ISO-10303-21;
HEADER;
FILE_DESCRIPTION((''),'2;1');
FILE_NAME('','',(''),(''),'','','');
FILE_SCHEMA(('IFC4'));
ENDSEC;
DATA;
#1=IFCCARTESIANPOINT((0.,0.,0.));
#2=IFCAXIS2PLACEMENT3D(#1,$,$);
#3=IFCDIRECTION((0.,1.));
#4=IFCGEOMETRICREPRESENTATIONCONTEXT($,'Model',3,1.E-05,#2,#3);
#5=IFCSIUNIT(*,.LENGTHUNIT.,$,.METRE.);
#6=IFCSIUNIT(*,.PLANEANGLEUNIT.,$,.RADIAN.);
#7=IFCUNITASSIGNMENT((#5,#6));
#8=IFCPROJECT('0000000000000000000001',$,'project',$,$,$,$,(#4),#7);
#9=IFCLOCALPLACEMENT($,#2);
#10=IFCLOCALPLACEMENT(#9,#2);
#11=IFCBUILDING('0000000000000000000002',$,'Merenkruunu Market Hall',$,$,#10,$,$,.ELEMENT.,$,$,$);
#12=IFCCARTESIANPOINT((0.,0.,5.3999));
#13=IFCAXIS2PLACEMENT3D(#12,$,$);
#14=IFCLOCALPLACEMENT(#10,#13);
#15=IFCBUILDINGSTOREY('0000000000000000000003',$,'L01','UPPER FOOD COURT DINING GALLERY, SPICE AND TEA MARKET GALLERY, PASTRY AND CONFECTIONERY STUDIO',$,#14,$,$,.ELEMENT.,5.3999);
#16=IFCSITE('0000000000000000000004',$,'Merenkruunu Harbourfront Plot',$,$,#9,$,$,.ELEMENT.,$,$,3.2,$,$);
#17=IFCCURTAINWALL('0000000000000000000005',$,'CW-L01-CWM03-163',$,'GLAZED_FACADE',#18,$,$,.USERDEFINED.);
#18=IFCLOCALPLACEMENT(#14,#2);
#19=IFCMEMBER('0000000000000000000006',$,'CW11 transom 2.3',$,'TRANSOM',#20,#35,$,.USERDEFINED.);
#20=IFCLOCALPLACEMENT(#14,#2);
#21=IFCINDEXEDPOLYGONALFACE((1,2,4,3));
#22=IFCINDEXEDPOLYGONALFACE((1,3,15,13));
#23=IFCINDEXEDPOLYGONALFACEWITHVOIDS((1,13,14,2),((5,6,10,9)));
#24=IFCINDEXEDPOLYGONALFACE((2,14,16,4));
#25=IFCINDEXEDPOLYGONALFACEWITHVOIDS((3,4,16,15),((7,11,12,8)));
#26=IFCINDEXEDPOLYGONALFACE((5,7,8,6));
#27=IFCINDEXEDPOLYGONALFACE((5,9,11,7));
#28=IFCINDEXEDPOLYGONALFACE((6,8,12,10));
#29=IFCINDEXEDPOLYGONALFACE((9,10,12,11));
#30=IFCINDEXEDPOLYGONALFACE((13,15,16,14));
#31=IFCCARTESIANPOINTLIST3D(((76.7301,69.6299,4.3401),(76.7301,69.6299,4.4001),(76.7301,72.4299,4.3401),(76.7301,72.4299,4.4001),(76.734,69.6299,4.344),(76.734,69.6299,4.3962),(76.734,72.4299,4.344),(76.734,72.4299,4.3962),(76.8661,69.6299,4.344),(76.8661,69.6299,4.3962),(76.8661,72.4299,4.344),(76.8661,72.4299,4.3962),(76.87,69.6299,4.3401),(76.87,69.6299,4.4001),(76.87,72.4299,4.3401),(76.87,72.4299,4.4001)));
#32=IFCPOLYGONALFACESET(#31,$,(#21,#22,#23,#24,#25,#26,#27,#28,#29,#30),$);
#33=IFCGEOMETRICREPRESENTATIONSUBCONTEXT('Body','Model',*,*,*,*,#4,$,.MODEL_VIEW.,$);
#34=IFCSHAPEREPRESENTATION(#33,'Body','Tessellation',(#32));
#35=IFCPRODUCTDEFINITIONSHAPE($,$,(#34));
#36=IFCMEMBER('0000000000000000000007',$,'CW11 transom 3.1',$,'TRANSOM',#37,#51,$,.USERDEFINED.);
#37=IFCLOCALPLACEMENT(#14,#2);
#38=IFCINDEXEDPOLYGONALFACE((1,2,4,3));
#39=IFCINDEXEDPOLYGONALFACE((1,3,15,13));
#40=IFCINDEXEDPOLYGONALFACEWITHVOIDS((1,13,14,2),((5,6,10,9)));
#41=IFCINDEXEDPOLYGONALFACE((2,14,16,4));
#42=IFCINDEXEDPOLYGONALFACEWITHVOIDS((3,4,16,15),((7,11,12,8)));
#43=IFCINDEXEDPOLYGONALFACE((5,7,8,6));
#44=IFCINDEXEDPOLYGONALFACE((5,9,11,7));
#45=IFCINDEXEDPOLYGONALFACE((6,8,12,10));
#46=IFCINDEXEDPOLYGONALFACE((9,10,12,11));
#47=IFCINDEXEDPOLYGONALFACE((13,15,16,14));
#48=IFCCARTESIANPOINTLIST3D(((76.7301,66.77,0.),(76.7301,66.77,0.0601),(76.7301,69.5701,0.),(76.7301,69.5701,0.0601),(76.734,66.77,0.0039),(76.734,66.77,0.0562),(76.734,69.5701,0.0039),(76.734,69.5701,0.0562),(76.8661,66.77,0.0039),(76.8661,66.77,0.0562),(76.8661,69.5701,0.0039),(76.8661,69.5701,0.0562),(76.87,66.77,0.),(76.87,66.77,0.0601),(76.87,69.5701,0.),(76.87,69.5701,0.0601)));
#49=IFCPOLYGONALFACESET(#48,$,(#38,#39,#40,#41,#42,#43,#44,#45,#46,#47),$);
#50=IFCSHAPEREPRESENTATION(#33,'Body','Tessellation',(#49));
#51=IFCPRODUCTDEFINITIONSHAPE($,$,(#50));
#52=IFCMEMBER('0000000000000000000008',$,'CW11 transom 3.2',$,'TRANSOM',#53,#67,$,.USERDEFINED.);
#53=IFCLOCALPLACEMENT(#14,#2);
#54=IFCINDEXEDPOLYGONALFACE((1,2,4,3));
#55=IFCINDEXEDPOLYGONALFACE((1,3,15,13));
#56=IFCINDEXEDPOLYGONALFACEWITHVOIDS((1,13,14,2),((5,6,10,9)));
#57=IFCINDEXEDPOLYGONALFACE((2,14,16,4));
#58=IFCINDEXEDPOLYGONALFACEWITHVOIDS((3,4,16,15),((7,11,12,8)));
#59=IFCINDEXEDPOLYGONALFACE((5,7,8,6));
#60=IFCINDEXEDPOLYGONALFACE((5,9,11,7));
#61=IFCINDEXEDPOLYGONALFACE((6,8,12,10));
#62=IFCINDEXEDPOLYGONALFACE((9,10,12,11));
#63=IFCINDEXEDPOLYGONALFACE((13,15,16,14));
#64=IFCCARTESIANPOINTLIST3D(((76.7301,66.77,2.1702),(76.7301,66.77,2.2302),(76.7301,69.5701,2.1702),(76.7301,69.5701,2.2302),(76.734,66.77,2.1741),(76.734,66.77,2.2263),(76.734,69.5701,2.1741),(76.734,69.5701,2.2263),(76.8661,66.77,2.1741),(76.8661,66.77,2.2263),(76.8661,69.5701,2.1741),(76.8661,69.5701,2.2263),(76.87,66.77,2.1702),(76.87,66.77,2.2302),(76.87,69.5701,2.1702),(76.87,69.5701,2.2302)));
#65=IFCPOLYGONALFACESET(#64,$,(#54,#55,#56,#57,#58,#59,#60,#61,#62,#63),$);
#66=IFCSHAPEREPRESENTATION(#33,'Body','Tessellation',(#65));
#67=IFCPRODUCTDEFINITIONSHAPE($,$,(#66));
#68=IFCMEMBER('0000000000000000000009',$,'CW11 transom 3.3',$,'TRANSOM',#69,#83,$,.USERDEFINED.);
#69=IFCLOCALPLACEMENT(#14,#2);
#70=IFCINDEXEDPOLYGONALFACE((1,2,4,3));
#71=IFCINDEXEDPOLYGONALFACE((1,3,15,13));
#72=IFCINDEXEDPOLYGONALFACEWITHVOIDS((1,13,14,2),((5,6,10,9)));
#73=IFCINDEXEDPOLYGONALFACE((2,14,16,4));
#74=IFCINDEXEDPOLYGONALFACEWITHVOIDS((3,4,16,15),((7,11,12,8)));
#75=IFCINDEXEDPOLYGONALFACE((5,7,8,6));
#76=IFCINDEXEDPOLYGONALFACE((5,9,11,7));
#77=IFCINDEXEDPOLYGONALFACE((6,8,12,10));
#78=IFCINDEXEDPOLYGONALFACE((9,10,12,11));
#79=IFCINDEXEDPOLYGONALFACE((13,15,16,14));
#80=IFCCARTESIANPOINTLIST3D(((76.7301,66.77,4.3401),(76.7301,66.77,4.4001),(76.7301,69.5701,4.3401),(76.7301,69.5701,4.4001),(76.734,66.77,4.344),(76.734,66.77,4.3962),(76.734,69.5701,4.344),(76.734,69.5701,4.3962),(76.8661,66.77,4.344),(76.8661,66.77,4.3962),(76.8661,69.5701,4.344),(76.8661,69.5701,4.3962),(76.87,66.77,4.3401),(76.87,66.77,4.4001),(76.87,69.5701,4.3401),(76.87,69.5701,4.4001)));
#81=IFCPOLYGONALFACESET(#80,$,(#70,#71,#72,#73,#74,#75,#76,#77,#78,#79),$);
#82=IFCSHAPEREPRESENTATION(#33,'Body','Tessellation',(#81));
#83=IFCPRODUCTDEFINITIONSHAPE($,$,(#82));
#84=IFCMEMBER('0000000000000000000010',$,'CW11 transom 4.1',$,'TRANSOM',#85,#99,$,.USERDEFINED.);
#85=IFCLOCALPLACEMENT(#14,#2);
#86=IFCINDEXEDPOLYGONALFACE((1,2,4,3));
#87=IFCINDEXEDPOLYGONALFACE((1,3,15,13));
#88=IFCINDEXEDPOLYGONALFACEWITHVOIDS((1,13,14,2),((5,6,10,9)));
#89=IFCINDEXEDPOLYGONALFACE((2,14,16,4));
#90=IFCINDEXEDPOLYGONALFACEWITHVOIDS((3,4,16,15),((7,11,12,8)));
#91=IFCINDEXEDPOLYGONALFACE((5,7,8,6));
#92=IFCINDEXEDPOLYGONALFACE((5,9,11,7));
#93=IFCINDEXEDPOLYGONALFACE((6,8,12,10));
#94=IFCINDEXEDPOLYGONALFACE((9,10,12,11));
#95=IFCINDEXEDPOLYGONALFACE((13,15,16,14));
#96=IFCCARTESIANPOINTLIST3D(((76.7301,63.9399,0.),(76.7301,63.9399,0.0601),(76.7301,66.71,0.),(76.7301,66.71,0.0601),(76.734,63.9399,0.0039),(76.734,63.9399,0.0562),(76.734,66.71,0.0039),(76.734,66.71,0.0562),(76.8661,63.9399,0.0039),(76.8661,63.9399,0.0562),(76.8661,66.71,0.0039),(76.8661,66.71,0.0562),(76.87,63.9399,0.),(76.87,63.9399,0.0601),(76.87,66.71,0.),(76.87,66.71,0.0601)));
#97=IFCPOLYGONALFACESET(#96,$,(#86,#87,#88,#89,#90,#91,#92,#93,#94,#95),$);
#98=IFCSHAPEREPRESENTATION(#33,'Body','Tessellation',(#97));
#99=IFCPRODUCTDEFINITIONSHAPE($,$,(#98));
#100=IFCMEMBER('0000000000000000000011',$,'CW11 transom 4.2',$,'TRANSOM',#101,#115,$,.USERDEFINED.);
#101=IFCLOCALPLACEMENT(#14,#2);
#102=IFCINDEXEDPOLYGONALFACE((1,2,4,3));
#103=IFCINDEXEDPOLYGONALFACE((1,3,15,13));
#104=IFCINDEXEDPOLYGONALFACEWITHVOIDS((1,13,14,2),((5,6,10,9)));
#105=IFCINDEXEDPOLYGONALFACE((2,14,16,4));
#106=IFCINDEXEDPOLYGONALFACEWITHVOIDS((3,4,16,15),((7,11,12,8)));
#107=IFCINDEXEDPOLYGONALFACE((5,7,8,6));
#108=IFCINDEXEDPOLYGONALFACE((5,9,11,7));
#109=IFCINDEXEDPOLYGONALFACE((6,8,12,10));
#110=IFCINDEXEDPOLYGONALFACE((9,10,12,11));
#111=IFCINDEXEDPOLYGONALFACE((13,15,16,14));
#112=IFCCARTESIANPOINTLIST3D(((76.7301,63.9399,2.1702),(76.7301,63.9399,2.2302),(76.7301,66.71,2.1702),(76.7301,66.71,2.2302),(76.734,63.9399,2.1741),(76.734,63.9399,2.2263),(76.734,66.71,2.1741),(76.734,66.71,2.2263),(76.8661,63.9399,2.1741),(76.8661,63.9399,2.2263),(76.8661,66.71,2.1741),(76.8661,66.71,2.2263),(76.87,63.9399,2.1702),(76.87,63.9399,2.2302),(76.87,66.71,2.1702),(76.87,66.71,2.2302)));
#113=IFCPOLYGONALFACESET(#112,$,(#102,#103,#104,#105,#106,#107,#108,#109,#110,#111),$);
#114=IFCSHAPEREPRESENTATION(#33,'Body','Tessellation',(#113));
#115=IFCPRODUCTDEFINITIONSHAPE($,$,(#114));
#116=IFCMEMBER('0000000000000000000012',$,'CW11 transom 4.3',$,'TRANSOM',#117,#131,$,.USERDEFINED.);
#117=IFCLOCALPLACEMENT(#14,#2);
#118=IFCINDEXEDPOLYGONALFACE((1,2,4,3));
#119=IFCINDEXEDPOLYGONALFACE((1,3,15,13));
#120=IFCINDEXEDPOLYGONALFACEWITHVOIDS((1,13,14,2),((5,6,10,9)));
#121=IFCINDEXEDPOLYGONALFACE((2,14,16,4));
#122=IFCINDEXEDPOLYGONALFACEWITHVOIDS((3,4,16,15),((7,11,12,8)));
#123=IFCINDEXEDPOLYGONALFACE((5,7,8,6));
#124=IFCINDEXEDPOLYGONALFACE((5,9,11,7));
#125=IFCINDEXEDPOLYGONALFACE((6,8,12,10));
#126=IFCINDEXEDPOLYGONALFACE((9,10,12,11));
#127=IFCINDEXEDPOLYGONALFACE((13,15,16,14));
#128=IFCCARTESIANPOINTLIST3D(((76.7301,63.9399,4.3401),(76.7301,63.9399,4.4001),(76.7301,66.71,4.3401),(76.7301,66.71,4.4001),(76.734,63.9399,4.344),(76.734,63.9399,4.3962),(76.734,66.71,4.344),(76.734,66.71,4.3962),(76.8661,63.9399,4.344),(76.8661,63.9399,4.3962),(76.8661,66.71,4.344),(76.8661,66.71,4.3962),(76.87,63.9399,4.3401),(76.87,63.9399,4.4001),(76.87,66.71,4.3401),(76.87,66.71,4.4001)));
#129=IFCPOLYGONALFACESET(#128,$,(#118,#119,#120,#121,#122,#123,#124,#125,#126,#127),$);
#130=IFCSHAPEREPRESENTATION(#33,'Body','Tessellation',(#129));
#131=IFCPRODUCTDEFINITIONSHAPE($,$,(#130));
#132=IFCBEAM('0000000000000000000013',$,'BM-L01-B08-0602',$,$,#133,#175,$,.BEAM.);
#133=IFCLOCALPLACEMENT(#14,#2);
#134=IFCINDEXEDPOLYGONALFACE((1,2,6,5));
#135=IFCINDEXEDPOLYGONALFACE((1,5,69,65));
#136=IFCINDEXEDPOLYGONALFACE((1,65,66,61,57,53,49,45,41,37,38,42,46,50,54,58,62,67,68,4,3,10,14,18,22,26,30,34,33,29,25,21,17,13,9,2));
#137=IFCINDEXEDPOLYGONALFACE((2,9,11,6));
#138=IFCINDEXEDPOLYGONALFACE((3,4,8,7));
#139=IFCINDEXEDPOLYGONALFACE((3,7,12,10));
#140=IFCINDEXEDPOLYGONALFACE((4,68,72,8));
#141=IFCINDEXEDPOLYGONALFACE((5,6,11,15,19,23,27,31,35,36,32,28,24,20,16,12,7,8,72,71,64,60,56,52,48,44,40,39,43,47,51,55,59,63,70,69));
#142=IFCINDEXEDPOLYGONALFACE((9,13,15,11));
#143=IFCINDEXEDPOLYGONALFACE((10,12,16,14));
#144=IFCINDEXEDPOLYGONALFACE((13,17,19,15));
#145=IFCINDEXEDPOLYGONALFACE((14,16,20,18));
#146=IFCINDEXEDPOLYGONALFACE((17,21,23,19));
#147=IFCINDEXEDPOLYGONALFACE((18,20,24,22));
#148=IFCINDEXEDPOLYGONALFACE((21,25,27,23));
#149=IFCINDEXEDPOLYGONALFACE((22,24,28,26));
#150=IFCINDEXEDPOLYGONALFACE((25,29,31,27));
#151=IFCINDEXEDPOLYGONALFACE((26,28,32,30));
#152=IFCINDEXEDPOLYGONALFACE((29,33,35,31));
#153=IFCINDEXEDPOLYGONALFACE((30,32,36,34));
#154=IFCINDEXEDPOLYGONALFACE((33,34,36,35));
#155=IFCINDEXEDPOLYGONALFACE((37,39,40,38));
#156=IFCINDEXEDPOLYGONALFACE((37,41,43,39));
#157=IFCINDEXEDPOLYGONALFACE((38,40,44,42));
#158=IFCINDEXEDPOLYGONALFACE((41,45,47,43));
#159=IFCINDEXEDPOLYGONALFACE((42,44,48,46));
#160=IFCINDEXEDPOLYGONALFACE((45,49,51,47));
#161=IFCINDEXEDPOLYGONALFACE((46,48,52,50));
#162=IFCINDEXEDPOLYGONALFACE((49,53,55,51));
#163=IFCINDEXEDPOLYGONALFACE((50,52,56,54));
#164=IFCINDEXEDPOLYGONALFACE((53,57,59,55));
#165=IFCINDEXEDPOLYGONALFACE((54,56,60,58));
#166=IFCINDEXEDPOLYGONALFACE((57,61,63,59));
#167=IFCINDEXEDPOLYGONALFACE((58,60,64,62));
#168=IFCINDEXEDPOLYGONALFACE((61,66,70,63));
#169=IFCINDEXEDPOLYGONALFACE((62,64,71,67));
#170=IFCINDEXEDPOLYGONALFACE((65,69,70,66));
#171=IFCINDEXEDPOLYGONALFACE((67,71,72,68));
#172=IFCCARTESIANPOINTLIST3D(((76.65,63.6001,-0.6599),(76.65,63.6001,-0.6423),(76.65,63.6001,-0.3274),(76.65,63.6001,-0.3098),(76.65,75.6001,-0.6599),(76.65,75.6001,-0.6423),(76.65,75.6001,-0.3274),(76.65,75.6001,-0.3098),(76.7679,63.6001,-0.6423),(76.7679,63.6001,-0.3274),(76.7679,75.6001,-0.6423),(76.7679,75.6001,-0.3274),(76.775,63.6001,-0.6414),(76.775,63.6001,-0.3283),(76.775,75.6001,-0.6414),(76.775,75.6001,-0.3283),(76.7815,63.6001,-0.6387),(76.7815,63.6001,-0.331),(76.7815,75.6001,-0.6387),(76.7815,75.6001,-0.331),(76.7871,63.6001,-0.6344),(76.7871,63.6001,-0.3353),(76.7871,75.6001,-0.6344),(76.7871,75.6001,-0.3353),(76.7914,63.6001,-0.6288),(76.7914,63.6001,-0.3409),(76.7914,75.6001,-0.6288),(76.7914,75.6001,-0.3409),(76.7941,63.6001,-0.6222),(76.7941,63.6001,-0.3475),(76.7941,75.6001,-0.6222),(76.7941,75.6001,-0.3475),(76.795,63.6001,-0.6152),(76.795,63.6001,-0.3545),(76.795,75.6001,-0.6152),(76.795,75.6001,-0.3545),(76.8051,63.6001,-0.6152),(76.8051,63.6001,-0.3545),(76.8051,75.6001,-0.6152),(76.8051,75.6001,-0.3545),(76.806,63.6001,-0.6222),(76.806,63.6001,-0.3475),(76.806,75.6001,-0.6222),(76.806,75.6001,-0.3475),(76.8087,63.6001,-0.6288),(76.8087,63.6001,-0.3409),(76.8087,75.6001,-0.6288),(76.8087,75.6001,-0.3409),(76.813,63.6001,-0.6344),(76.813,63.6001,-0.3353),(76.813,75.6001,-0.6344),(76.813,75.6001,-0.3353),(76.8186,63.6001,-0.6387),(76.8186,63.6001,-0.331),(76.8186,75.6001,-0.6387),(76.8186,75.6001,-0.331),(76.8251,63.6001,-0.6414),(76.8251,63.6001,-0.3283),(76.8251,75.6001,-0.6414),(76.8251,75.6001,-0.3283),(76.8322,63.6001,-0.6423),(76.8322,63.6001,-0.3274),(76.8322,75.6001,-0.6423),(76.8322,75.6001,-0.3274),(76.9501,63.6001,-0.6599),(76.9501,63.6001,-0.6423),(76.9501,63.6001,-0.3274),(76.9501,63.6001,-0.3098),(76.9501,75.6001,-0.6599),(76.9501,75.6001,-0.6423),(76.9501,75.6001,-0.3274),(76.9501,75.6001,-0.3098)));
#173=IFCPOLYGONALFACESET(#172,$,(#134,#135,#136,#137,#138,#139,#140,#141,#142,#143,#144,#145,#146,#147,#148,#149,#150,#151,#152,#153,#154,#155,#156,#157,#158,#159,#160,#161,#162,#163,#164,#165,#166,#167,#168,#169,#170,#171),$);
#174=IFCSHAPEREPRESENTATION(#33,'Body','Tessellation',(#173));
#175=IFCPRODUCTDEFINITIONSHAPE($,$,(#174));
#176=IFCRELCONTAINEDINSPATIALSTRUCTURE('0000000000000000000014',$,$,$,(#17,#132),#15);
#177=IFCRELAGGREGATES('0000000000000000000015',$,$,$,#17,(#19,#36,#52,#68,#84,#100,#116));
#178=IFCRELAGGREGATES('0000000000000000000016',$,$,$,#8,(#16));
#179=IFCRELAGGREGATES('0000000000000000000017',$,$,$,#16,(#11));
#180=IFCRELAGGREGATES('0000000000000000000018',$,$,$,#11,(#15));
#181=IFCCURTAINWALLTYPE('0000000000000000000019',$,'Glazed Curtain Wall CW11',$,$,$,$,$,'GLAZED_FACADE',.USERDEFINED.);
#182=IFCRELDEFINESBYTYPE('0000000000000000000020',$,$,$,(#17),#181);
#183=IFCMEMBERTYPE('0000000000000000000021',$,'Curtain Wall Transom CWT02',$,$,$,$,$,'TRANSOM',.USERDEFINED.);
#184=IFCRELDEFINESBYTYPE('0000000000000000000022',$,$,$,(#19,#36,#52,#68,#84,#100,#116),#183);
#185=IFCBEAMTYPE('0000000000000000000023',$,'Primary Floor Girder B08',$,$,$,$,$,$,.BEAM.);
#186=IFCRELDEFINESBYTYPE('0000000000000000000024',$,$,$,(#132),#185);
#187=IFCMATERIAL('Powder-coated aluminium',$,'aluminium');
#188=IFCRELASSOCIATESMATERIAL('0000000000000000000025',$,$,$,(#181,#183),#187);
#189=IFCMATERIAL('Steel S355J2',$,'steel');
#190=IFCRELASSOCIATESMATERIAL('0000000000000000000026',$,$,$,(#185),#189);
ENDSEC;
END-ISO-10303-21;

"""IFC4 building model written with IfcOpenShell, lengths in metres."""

from ifc_helpers import new_model, si_unit, direction, frame, origin, origin_2d, place, context, subcontext, project, spatial, hollow_rectangle, i_section, extrude, material, material_profile, profile_set, type_object, element, aggregate, save


model = new_model("IFC4")

# Units and contexts
model_context = context("Model", 3, precision=1e-05, world=origin(), true_north=direction((0.0, 1.0)))
body_context = subcontext(model_context, "Body", "Model", "MODEL_VIEW")
ifc_project = project(units=[si_unit("LENGTHUNIT", "METRE"), si_unit("PLANEANGLEUNIT", "RADIAN")], contexts=[model_context])

# Site, building, storey
site_placement = place(None, origin())
site = spatial("IfcSite", under=ifc_project, at=site_placement, Name="Merenkruunu Harbourfront Plot", CompositionType="ELEMENT", RefElevation=3.2)
building_placement = place(site_placement, origin())
building = spatial("IfcBuilding", under=site, at=building_placement, Name="Merenkruunu Market Hall", CompositionType="ELEMENT")
storey_placement = place(building_placement, frame((0.0, 0.0, 5.3999)))
storey = spatial("IfcBuildingStorey", under=building, at=storey_placement, Name="L01", Description="UPPER FOOD COURT DINING GALLERY, SPICE AND TEA MARKET GALLERY, PASTRY AND CONFECTIONERY STUDIO", CompositionType="ELEMENT", Elevation=5.3999)

# Curtain wall, members
ifc_material_1 = material(Name="Powder-coated aluminium", Category="aluminium")
curtain_wall_type = type_object("IfcCurtainWallType", Name="Glazed Curtain Wall CW11", ElementType="GLAZED_FACADE", PredefinedType="USERDEFINED", material=ifc_material_1)
curtain_wall_placement = place(storey_placement, origin())
curtain_wall = element("IfcCurtainWall", 1, at=curtain_wall_placement, inside=storey, type_object=curtain_wall_type, Name="CW-L01-CWM03-163", ObjectType="GLAZED_FACADE", PredefinedType="USERDEFINED")
ifc_material_profile_1 = material_profile(ifc_material_1, hollow_rectangle(XDim=0.0601, YDim=0.1399, WallThickness=0.0039, at=origin_2d()), Name="ALU 60x140x4")
ifc_profile_set_1 = profile_set([ifc_material_profile_1], Name="Powder-coated aluminium")
member_type_1 = type_object("IfcMemberType", Name="Curtain Wall Transom CWT02", ElementType="TRANSOM", PredefinedType="USERDEFINED", material=ifc_profile_set_1)
member_1_placement = place(storey_placement, frame((76.8, 72.4299, 4.3701), z_axis=(0.0, -1.0, 0.0), x_axis=(0.0, 0.0, 1.0)))
member_1 = element("IfcMember", 2, at=member_1_placement, type_object=member_type_1, Name="CW11 transom 2.3", ObjectType="TRANSOM", PredefinedType="USERDEFINED", context=body_context, shape_type="SweptSolid", body=[
    extrude(hollow_rectangle(XDim=0.0601, YDim=0.1399, WallThickness=0.0039, at=origin_2d()), origin(), (0.0, 0.0, 1.0), 2.8),
])
member_2_placement = place(storey_placement, frame((76.8, 69.5701, 0.03), z_axis=(0.0, -1.0, 0.0), x_axis=(0.0, 0.0, 1.0)))
member_2 = element("IfcMember", 3, at=member_2_placement, type_object=member_type_1, Name="CW11 transom 3.1", ObjectType="TRANSOM", PredefinedType="USERDEFINED", context=body_context, shape_type="SweptSolid", body=[
    extrude(hollow_rectangle(XDim=0.0601, YDim=0.1399, WallThickness=0.0039, at=origin_2d()), origin(), (0.0, 0.0, 1.0), 2.8),
])
member_3_placement = place(storey_placement, frame((76.8, 69.5701, 2.2002), z_axis=(0.0, -1.0, 0.0), x_axis=(0.0, 0.0, 1.0)))
member_3 = element("IfcMember", 4, at=member_3_placement, type_object=member_type_1, Name="CW11 transom 3.2", ObjectType="TRANSOM", PredefinedType="USERDEFINED", context=body_context, shape_type="SweptSolid", body=[
    extrude(hollow_rectangle(XDim=0.0601, YDim=0.1399, WallThickness=0.0039, at=origin_2d()), origin(), (0.0, 0.0, 1.0), 2.8),
])
member_4_placement = place(storey_placement, frame((76.8, 69.5701, 4.3701), z_axis=(0.0, -1.0, 0.0), x_axis=(0.0, 0.0, 1.0)))
member_4 = element("IfcMember", 5, at=member_4_placement, type_object=member_type_1, Name="CW11 transom 3.3", ObjectType="TRANSOM", PredefinedType="USERDEFINED", context=body_context, shape_type="SweptSolid", body=[
    extrude(hollow_rectangle(XDim=0.0601, YDim=0.1399, WallThickness=0.0039, at=origin_2d()), origin(), (0.0, 0.0, 1.0), 2.8),
])
member_5_placement = place(storey_placement, frame((76.8, 66.71, 0.03), z_axis=(0.0, -1.0, 0.0), x_axis=(0.0, 0.0, 1.0)))
member_5 = element("IfcMember", 6, at=member_5_placement, type_object=member_type_1, Name="CW11 transom 4.1", ObjectType="TRANSOM", PredefinedType="USERDEFINED", context=body_context, shape_type="SweptSolid", body=[
    extrude(hollow_rectangle(XDim=0.0601, YDim=0.1399, WallThickness=0.0039, at=origin_2d()), origin(), (0.0, 0.0, 1.0), 2.77),
])
member_6_placement = place(storey_placement, frame((76.8, 66.71, 2.2002), z_axis=(0.0, -1.0, 0.0), x_axis=(0.0, 0.0, 1.0)))
member_6 = element("IfcMember", 7, at=member_6_placement, type_object=member_type_1, Name="CW11 transom 4.2", ObjectType="TRANSOM", PredefinedType="USERDEFINED", context=body_context, shape_type="SweptSolid", body=[
    extrude(hollow_rectangle(XDim=0.0601, YDim=0.1399, WallThickness=0.0039, at=origin_2d()), origin(), (0.0, 0.0, 1.0), 2.77),
])
member_7_placement = place(storey_placement, frame((76.8, 66.71, 4.3701), z_axis=(0.0, -1.0, 0.0), x_axis=(0.0, 0.0, 1.0)))
member_7 = element("IfcMember", 8, at=member_7_placement, type_object=member_type_1, Name="CW11 transom 4.3", ObjectType="TRANSOM", PredefinedType="USERDEFINED", context=body_context, shape_type="SweptSolid", body=[
    extrude(hollow_rectangle(XDim=0.0601, YDim=0.1399, WallThickness=0.0039, at=origin_2d()), origin(), (0.0, 0.0, 1.0), 2.77),
])

# Beam
ifc_material_2 = material(Name="Steel S355J2", Category="steel")
ifc_material_profile_2 = material_profile(ifc_material_2, i_section(OverallWidth=0.3, OverallDepth=0.3501, WebThickness=0.01, FlangeThickness=0.0176, FilletRadius=0.0271, at=origin_2d()), Name="HEA 360")
ifc_profile_set_2 = profile_set([ifc_material_profile_2], Name="Steel S355J2")
beam_type_1 = type_object("IfcBeamType", Name="Primary Floor Girder B08", PredefinedType="BEAM", material=ifc_profile_set_2)
beam_placement = place(storey_placement, frame((76.8, 63.6001, -0.4849), z_axis=(0.0, 1.0, 0.0), x_axis=(-1.0, 0.0, 0.0)))
element("IfcBeam", 9, at=beam_placement, inside=storey, type_object=beam_type_1, Name="BM-L01-B08-0602", PredefinedType="BEAM", context=body_context, shape_type="SweptSolid", body=[
    extrude(i_section(OverallWidth=0.3, OverallDepth=0.3501, WebThickness=0.01, FlangeThickness=0.0176, FilletRadius=0.0271, at=origin_2d()), origin(), (0.0, 0.0, 1.0), 12.0),
])

aggregate(curtain_wall, [member_1, member_2, member_3, member_4, member_5, member_6, member_7])

save(model, "model.ifc")
